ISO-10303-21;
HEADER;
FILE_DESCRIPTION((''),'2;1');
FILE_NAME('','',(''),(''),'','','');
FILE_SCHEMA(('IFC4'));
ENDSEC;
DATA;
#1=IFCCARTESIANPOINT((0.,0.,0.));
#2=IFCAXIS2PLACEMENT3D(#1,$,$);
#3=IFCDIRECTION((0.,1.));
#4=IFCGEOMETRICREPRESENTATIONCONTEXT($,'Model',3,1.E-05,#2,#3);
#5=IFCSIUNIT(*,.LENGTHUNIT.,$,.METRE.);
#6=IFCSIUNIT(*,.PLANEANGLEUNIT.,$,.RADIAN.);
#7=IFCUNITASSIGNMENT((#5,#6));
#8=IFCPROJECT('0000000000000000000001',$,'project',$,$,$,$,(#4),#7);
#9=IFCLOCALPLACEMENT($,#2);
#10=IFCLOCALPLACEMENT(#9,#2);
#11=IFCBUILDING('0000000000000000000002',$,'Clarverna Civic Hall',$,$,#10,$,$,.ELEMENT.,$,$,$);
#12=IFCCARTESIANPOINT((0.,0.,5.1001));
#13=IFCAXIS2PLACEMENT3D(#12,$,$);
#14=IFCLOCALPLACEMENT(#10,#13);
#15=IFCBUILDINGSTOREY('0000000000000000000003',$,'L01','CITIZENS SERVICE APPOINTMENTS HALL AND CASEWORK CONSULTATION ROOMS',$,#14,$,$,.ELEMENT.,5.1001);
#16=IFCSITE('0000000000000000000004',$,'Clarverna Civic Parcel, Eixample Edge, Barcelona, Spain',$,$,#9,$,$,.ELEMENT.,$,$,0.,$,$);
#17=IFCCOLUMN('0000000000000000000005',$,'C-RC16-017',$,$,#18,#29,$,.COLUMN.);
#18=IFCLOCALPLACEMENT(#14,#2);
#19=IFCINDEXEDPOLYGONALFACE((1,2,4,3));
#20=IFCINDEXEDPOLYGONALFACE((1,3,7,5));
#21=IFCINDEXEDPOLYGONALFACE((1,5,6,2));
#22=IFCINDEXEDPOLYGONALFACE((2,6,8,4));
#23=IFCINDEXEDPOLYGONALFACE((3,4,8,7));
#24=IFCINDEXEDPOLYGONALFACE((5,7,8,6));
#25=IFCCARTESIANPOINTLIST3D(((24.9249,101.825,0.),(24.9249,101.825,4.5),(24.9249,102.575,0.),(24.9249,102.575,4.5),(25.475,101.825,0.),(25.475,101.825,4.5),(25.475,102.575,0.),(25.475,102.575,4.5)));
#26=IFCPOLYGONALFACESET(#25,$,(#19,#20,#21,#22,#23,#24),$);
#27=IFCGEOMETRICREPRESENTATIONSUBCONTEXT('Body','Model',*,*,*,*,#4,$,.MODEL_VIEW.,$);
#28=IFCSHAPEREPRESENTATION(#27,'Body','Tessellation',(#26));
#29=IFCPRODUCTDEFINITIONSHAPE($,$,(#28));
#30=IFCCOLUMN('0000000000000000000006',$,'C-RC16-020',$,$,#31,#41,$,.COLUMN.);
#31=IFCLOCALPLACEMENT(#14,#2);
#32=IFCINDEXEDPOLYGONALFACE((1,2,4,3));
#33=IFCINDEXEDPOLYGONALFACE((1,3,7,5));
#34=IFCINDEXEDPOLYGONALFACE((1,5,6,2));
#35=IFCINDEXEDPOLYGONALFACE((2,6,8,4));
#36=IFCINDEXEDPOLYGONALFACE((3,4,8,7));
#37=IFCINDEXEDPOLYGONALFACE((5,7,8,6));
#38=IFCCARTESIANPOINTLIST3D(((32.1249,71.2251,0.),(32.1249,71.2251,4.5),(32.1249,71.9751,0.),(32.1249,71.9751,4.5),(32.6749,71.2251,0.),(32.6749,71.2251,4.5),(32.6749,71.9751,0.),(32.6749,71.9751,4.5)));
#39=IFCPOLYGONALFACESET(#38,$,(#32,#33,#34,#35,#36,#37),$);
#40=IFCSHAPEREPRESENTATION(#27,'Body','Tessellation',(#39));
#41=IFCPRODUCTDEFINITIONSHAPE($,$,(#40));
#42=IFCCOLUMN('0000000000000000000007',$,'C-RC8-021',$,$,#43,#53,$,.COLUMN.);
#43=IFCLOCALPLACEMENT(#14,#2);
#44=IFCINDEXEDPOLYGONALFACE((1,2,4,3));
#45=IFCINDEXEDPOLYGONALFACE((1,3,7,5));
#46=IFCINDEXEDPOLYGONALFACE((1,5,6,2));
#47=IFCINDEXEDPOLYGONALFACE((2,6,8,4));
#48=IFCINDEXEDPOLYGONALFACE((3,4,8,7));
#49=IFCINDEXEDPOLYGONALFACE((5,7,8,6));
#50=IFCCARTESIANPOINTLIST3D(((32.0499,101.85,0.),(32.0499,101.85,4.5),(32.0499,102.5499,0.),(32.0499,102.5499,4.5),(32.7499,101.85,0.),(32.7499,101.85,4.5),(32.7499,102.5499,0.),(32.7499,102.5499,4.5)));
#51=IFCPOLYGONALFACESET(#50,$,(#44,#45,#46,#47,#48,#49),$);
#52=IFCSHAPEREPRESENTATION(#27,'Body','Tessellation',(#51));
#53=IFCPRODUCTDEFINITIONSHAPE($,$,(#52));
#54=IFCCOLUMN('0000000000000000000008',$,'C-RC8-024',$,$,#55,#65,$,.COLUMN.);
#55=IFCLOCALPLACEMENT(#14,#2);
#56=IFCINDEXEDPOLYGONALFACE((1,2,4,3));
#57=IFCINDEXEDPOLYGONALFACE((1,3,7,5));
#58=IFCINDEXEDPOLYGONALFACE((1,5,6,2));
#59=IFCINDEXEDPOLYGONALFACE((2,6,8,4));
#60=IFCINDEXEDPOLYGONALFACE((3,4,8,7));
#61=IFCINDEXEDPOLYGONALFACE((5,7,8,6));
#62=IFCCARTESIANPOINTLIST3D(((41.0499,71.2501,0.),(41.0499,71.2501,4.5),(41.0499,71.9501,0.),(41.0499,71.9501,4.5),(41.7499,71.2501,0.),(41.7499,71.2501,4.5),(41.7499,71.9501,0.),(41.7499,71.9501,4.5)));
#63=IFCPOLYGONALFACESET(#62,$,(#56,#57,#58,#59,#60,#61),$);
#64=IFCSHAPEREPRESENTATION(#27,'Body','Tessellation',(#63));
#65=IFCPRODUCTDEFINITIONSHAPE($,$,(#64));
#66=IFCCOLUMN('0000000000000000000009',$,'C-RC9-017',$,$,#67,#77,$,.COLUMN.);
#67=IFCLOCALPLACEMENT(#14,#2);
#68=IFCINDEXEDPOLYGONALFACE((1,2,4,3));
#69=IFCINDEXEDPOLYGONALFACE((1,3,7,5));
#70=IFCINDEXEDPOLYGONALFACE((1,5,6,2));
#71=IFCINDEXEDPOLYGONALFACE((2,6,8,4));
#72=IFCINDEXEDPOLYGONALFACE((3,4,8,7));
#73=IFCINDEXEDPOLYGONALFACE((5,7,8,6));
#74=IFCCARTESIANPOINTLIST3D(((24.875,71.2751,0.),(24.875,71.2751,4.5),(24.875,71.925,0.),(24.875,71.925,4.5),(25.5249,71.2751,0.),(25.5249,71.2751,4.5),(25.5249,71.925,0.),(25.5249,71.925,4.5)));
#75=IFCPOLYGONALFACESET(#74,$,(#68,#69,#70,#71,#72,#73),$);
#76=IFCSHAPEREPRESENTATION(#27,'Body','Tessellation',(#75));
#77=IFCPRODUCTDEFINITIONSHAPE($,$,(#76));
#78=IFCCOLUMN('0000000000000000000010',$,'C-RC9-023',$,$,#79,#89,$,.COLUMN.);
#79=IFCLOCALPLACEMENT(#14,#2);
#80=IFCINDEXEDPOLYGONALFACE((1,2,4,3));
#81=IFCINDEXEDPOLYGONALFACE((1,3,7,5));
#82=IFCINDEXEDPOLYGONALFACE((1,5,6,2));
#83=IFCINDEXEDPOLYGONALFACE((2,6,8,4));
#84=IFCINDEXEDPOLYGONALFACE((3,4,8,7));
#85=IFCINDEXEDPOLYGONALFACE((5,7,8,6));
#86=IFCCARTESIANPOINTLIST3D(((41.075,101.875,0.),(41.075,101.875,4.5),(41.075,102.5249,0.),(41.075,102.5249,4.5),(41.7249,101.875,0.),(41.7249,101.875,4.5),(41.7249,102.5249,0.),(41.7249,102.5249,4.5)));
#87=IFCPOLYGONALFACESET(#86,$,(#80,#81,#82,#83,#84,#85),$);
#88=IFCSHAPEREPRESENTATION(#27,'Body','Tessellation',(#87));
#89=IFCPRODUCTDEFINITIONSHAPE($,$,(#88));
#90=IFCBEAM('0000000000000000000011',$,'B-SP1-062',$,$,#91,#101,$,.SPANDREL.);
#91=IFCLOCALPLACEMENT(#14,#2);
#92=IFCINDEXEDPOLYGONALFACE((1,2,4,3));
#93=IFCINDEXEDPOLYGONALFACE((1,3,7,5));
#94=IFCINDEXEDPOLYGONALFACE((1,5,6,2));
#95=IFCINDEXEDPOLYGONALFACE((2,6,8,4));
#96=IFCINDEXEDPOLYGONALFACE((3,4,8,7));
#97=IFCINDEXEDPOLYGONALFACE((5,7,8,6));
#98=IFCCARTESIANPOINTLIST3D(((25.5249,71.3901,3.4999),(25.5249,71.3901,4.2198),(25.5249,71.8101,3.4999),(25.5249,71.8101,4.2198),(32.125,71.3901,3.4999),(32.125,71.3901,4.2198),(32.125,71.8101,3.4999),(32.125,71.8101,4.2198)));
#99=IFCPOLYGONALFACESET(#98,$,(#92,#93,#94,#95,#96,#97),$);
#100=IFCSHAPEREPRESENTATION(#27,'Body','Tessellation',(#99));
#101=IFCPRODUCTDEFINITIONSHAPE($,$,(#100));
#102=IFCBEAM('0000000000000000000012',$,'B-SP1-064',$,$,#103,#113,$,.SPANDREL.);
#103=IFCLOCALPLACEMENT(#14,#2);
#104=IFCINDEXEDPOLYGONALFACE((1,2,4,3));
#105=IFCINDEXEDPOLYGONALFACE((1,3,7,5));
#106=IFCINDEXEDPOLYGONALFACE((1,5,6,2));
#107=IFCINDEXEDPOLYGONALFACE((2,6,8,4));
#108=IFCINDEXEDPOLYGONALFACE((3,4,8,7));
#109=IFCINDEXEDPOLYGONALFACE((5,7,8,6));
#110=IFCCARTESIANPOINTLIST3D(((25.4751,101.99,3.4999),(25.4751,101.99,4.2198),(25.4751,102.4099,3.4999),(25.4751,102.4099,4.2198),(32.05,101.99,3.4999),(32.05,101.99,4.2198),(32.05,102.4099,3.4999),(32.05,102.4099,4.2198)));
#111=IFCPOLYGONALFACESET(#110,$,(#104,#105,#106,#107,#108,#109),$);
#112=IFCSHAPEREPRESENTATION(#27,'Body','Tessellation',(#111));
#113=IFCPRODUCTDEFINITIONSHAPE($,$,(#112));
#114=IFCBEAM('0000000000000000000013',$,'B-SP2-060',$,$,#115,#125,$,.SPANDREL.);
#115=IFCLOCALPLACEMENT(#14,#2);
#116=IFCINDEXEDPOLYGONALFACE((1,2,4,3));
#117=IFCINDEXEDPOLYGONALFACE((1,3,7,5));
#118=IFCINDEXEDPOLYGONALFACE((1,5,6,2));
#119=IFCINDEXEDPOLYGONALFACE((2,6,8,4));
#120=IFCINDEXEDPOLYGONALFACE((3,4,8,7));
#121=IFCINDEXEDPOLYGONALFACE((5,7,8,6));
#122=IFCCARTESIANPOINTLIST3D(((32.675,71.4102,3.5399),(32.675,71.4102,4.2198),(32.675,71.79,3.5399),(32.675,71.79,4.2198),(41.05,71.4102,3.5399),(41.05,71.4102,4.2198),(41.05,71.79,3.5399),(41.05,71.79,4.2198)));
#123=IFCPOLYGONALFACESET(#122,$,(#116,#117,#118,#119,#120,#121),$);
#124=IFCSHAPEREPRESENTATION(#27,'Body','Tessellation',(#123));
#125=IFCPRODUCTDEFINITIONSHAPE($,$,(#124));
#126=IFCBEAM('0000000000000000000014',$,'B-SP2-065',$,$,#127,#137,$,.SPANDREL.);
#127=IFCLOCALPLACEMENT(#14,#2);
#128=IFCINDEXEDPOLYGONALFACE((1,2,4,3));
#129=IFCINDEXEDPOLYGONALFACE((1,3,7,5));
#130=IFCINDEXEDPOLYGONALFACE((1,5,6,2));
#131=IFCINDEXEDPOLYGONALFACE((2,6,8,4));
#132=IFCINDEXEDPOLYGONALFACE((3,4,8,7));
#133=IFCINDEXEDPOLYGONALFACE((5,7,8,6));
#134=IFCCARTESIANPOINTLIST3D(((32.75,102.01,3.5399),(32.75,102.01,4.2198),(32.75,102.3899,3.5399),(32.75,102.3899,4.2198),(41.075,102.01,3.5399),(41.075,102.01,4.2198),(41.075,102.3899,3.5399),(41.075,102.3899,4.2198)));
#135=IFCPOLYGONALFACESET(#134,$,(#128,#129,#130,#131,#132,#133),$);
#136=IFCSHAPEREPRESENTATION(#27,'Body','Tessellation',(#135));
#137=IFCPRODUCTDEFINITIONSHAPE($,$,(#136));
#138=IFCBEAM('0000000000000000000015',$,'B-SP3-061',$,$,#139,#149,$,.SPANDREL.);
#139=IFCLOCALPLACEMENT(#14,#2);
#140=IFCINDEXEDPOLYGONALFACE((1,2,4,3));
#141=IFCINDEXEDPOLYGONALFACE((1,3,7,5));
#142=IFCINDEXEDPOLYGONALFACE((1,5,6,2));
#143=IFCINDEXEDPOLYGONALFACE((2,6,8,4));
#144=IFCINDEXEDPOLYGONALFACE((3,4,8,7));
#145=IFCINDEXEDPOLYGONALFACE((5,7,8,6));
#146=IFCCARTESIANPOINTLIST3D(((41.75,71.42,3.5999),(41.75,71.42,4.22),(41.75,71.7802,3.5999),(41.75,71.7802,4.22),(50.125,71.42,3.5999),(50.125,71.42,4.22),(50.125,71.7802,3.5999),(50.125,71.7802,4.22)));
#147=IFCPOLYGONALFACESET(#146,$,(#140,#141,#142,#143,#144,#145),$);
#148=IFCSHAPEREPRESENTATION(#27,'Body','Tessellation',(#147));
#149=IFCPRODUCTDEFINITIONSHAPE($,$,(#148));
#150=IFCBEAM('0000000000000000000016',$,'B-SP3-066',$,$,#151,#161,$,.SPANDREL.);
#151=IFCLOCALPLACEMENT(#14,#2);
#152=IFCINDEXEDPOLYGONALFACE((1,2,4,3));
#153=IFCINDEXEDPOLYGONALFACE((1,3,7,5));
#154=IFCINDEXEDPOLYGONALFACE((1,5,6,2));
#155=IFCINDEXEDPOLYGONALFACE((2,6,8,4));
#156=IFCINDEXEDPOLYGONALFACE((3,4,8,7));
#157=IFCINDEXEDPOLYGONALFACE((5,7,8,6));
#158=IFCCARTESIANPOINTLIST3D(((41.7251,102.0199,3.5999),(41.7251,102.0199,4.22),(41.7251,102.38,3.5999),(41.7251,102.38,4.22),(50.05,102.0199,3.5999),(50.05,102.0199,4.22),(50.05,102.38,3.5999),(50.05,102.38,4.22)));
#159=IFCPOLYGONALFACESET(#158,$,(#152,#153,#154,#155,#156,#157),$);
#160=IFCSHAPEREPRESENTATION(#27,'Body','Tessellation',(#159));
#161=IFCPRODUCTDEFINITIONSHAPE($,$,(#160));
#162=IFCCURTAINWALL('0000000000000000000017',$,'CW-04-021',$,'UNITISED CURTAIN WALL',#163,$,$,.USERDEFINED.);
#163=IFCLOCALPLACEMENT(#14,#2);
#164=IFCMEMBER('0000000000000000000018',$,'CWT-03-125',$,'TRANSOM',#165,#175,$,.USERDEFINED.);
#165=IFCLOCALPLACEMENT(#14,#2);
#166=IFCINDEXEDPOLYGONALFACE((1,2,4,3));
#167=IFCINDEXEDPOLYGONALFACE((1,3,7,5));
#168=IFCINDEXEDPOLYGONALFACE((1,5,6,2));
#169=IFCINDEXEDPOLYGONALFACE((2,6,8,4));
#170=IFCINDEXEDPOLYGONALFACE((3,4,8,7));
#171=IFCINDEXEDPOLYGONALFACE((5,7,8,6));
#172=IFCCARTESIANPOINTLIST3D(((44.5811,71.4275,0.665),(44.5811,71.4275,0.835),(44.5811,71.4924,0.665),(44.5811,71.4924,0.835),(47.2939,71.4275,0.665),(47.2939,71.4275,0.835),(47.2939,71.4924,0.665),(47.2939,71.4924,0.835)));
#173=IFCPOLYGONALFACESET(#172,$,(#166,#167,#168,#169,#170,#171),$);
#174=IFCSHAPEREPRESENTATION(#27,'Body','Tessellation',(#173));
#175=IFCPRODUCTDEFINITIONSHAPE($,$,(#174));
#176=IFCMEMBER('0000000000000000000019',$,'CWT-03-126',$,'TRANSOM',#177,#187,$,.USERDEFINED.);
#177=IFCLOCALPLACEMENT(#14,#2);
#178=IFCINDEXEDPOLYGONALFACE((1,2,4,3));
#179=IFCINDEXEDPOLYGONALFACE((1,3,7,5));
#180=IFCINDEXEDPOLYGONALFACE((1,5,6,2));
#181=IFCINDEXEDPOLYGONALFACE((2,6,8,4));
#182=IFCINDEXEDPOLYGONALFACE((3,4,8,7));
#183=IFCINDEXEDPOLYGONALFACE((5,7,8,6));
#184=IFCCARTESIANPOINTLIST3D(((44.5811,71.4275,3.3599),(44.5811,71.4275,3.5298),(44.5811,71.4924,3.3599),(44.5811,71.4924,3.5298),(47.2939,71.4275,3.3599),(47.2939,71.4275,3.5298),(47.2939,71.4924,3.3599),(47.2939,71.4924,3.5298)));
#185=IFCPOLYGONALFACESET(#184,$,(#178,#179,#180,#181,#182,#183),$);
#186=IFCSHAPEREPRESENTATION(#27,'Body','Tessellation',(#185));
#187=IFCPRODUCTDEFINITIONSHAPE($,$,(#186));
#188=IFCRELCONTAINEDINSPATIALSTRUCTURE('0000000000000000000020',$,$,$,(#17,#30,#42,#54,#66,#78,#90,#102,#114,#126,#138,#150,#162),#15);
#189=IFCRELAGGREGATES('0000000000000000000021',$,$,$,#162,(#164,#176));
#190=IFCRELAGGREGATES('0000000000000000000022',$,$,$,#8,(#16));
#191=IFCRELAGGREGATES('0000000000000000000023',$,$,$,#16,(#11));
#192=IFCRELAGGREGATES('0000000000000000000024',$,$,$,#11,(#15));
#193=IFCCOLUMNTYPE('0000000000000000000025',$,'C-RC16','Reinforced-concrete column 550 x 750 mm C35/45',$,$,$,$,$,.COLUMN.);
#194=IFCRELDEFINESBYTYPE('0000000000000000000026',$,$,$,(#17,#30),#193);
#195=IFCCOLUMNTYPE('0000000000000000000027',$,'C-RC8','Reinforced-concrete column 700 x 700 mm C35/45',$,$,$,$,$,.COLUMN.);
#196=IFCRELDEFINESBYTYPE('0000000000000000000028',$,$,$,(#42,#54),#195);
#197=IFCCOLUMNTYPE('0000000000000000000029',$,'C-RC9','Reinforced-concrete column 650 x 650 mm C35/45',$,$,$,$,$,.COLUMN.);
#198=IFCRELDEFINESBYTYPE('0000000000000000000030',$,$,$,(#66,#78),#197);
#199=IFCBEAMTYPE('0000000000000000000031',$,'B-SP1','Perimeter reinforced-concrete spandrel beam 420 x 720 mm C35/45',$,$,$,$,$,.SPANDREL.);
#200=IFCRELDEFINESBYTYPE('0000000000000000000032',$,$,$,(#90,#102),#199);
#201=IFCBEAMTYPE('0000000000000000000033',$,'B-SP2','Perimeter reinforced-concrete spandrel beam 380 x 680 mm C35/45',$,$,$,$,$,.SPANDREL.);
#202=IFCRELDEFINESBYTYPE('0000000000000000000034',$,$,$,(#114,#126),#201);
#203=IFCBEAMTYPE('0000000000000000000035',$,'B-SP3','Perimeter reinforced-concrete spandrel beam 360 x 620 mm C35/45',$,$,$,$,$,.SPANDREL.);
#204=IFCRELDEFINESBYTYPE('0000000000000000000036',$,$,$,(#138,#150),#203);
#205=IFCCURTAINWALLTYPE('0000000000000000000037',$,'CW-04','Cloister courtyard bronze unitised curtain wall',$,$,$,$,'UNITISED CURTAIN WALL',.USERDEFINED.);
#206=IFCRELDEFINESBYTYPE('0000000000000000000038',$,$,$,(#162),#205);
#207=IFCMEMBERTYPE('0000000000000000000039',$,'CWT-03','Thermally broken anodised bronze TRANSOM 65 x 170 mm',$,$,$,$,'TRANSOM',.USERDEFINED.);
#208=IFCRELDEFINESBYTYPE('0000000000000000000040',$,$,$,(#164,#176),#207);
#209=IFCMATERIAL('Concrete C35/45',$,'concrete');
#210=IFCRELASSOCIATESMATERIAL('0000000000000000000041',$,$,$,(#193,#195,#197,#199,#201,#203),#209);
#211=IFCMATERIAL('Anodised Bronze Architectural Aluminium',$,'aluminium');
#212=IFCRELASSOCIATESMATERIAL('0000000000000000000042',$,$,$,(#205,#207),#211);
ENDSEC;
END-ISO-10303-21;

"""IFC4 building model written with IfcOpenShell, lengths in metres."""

from ifc_helpers import new_model, si_unit, direction, frame, origin, origin_2d, place, context, subcontext, project, spatial, rectangle, extrude, material, material_profile, profile_set, type_object, element, aggregate, save


model = new_model("IFC4")

# Units and contexts
model_context = context("Model", 3, precision=1e-05, world=origin(), true_north=direction((0.0, 1.0)))
body_context = subcontext(model_context, "Body", "Model", "MODEL_VIEW")
ifc_project = project(units=[si_unit("LENGTHUNIT", "METRE"), si_unit("PLANEANGLEUNIT", "RADIAN")], contexts=[model_context])

# Site, building, storey
site_placement = place(None, origin())
site = spatial("IfcSite", under=ifc_project, at=site_placement, Name="Clarverna Civic Parcel, Eixample Edge, Barcelona, Spain", CompositionType="ELEMENT", RefElevation=0.0)
building_placement = place(site_placement, origin())
building = spatial("IfcBuilding", under=site, at=building_placement, Name="Clarverna Civic Hall", CompositionType="ELEMENT")
storey_placement = place(building_placement, frame((0.0, 0.0, 5.1001)))
storey = spatial("IfcBuildingStorey", under=building, at=storey_placement, Name="L01", Description="CITIZENS SERVICE APPOINTMENTS HALL AND CASEWORK CONSULTATION ROOMS", CompositionType="ELEMENT", Elevation=5.1001)

# Columns
ifc_material_1 = material(Name="Concrete C35/45", Category="concrete")
ifc_material_profile_1 = material_profile(ifc_material_1, rectangle(XDim=0.55, YDim=0.75, at=origin_2d()), Name="RC 550x750")
ifc_profile_set_1 = profile_set([ifc_material_profile_1], Name="Concrete C35/45")
column_type_1 = type_object("IfcColumnType", Name="C-RC16", Description="Reinforced-concrete column 550 x 750 mm C35/45", PredefinedType="COLUMN", material=ifc_profile_set_1)
for number, where, z_axis, x_axis, name in (
    (1, (25.2, 102.2, 0.0), (0.0, 0.0, 1.0), (1.0, 0.0, 0.0), "C-RC16-017"),
    (2, (32.3999, 71.6001, 0.0), (0.0, 0.0, 1.0), (1.0, 0.0, 0.0), "C-RC16-020"),
):
    element("IfcColumn", number, at=place(storey_placement, frame(where, z_axis=z_axis, x_axis=x_axis)), inside=storey, type_object=column_type_1, Name=name, PredefinedType="COLUMN", context=body_context, shape_type="SweptSolid", body=[
        extrude(rectangle(XDim=0.55, YDim=0.75, at=origin_2d()), origin(), (0.0, 0.0, 1.0), 4.5),
    ])
ifc_material_profile_2 = material_profile(ifc_material_1, rectangle(XDim=0.7, YDim=0.7, at=origin_2d()), Name="RC 700x700")
ifc_profile_set_2 = profile_set([ifc_material_profile_2], Name="Concrete C35/45")
column_type_2 = type_object("IfcColumnType", Name="C-RC8", Description="Reinforced-concrete column 700 x 700 mm C35/45", PredefinedType="COLUMN", material=ifc_profile_set_2)
for number, where, z_axis, x_axis, name in (
    (3, (32.3999, 102.2, 0.0), (0.0, 0.0, 1.0), (1.0, 0.0, 0.0), "C-RC8-021"),
    (4, (41.3999, 71.6001, 0.0), (0.0, 0.0, 1.0), (1.0, 0.0, 0.0), "C-RC8-024"),
):
    element("IfcColumn", number, at=place(storey_placement, frame(where, z_axis=z_axis, x_axis=x_axis)), inside=storey, type_object=column_type_2, Name=name, PredefinedType="COLUMN", context=body_context, shape_type="SweptSolid", body=[
        extrude(rectangle(XDim=0.7, YDim=0.7, at=origin_2d()), origin(), (0.0, 0.0, 1.0), 4.5),
    ])
ifc_material_profile_3 = material_profile(ifc_material_1, rectangle(XDim=0.6499, YDim=0.6499, at=origin_2d()), Name="RC 650x650")
ifc_profile_set_3 = profile_set([ifc_material_profile_3], Name="Concrete C35/45")
column_type_3 = type_object("IfcColumnType", Name="C-RC9", Description="Reinforced-concrete column 650 x 650 mm C35/45", PredefinedType="COLUMN", material=ifc_profile_set_3)
for number, where, z_axis, x_axis, name in (
    (5, (25.2, 71.6001, 0.0), (0.0, 0.0, 1.0), (1.0, 0.0, 0.0), "C-RC9-017"),
    (6, (41.3999, 102.2, 0.0), (0.0, 0.0, 1.0), (1.0, 0.0, 0.0), "C-RC9-023"),
):
    element("IfcColumn", number, at=place(storey_placement, frame(where, z_axis=z_axis, x_axis=x_axis)), inside=storey, type_object=column_type_3, Name=name, PredefinedType="COLUMN", context=body_context, shape_type="SweptSolid", body=[
        extrude(rectangle(XDim=0.6499, YDim=0.6499, at=origin_2d()), origin(), (0.0, 0.0, 1.0), 4.5),
    ])

# Beams
ifc_material_profile_4 = material_profile(ifc_material_1, rectangle(XDim=0.4199, YDim=0.72, at=origin_2d()), Name="RC 420x720")
ifc_profile_set_4 = profile_set([ifc_material_profile_4], Name="Concrete C35/45")
beam_type_1 = type_object("IfcBeamType", Name="B-SP1", Description="Perimeter reinforced-concrete spandrel beam 420 x 720 mm C35/45", PredefinedType="SPANDREL", material=ifc_profile_set_4)
beam_1_placement = place(storey_placement, frame((25.5249, 71.6001, 3.8599), z_axis=(1.0, 0.0, 0.0), x_axis=(0.0, 1.0, 0.0)))
element("IfcBeam", 7, at=beam_1_placement, inside=storey, type_object=beam_type_1, Name="B-SP1-062", PredefinedType="SPANDREL", context=body_context, shape_type="SweptSolid", body=[
    extrude(rectangle(XDim=0.4199, YDim=0.72, at=origin_2d()), origin(), (0.0, 0.0, 1.0), 6.6001),
])
beam_2_placement = place(storey_placement, frame((25.4751, 102.2, 3.8599), z_axis=(1.0, 0.0, 0.0), x_axis=(0.0, 1.0, 0.0)))
element("IfcBeam", 8, at=beam_2_placement, inside=storey, type_object=beam_type_1, Name="B-SP1-064", PredefinedType="SPANDREL", context=body_context, shape_type="SweptSolid", body=[
    extrude(rectangle(XDim=0.4199, YDim=0.72, at=origin_2d()), origin(), (0.0, 0.0, 1.0), 6.575),
])
ifc_material_profile_5 = material_profile(ifc_material_1, rectangle(XDim=0.3799, YDim=0.6799, at=origin_2d()), Name="RC 380x680")
ifc_profile_set_5 = profile_set([ifc_material_profile_5], Name="Concrete C35/45")
beam_type_2 = type_object("IfcBeamType", Name="B-SP2", Description="Perimeter reinforced-concrete spandrel beam 380 x 680 mm C35/45", PredefinedType="SPANDREL", material=ifc_profile_set_5)
beam_3_placement = place(storey_placement, frame((32.675, 71.6001, 3.8799), z_axis=(1.0, 0.0, 0.0), x_axis=(0.0, 1.0, 0.0)))
element("IfcBeam", 9, at=beam_3_placement, inside=storey, type_object=beam_type_2, Name="B-SP2-060", PredefinedType="SPANDREL", context=body_context, shape_type="SweptSolid", body=[
    extrude(rectangle(XDim=0.3799, YDim=0.6799, at=origin_2d()), origin(), (0.0, 0.0, 1.0), 8.375),
])
beam_4_placement = place(storey_placement, frame((32.75, 102.2, 3.8799), z_axis=(1.0, 0.0, 0.0), x_axis=(0.0, 1.0, 0.0)))
element("IfcBeam", 10, at=beam_4_placement, inside=storey, type_object=beam_type_2, Name="B-SP2-065", PredefinedType="SPANDREL", context=body_context, shape_type="SweptSolid", body=[
    extrude(rectangle(XDim=0.3799, YDim=0.6799, at=origin_2d()), origin(), (0.0, 0.0, 1.0), 8.325),
])
ifc_material_profile_6 = material_profile(ifc_material_1, rectangle(XDim=0.3601, YDim=0.6201, at=origin_2d()), Name="RC 360x620")
ifc_profile_set_6 = profile_set([ifc_material_profile_6], Name="Concrete C35/45")
beam_type_3 = type_object("IfcBeamType", Name="B-SP3", Description="Perimeter reinforced-concrete spandrel beam 360 x 620 mm C35/45", PredefinedType="SPANDREL", material=ifc_profile_set_6)
beam_5_placement = place(storey_placement, frame((41.75, 71.6001, 3.9099), z_axis=(1.0, 0.0, 0.0), x_axis=(0.0, 1.0, 0.0)))
element("IfcBeam", 11, at=beam_5_placement, inside=storey, type_object=beam_type_3, Name="B-SP3-061", PredefinedType="SPANDREL", context=body_context, shape_type="SweptSolid", body=[
    extrude(rectangle(XDim=0.3601, YDim=0.6201, at=origin_2d()), origin(), (0.0, 0.0, 1.0), 8.375),
])
beam_6_placement = place(storey_placement, frame((41.7251, 102.2, 3.9099), z_axis=(1.0, 0.0, 0.0), x_axis=(0.0, 1.0, 0.0)))
element("IfcBeam", 12, at=beam_6_placement, inside=storey, type_object=beam_type_3, Name="B-SP3-066", PredefinedType="SPANDREL", context=body_context, shape_type="SweptSolid", body=[
    extrude(rectangle(XDim=0.3601, YDim=0.6201, at=origin_2d()), origin(), (0.0, 0.0, 1.0), 8.325),
])

# Curtain wall, members
ifc_material_2 = material(Name="Anodised Bronze Architectural Aluminium", Category="aluminium")
curtain_wall_type = type_object("IfcCurtainWallType", Name="CW-04", Description="Cloister courtyard bronze unitised curtain wall", ElementType="UNITISED CURTAIN WALL", PredefinedType="USERDEFINED", material=ifc_material_2)
curtain_wall_placement = place(storey_placement, origin())
curtain_wall = element("IfcCurtainWall", 13, at=curtain_wall_placement, inside=storey, type_object=curtain_wall_type, Name="CW-04-021", ObjectType="UNITISED CURTAIN WALL", PredefinedType="USERDEFINED")
ifc_material_profile_7 = material_profile(ifc_material_2, rectangle(XDim=0.0649, YDim=0.1699, at=origin_2d()), Name="BRONZE 65x170")
ifc_profile_set_7 = profile_set([ifc_material_profile_7], Name="Anodised Bronze Architectural Aluminium")
member_type = type_object("IfcMemberType", Name="CWT-03", Description="Thermally broken anodised bronze TRANSOM 65 x 170 mm", ElementType="TRANSOM", PredefinedType="USERDEFINED", material=ifc_profile_set_7)
member_1_placement = place(storey_placement, frame((44.5811, 71.46, 0.75), z_axis=(1.0, 0.0, 0.0), x_axis=(0.0, 1.0, 0.0)))
member_1 = element("IfcMember", 14, at=member_1_placement, type_object=member_type, Name="CWT-03-125", ObjectType="TRANSOM", PredefinedType="USERDEFINED", context=body_context, shape_type="SweptSolid", body=[
    extrude(rectangle(XDim=0.0649, YDim=0.1699, at=origin_2d()), origin(), (0.0, 0.0, 1.0), 2.7129),
])
member_2_placement = place(storey_placement, frame((44.5811, 71.46, 3.4448), z_axis=(1.0, 0.0, 0.0), x_axis=(0.0, 1.0, 0.0)))
member_2 = element("IfcMember", 15, at=member_2_placement, type_object=member_type, Name="CWT-03-126", ObjectType="TRANSOM", PredefinedType="USERDEFINED", context=body_context, shape_type="SweptSolid", body=[
    extrude(rectangle(XDim=0.0649, YDim=0.1699, at=origin_2d()), origin(), (0.0, 0.0, 1.0), 2.7129),
])
aggregate(curtain_wall, [member_1, member_2])

save(model, "model.ifc")
